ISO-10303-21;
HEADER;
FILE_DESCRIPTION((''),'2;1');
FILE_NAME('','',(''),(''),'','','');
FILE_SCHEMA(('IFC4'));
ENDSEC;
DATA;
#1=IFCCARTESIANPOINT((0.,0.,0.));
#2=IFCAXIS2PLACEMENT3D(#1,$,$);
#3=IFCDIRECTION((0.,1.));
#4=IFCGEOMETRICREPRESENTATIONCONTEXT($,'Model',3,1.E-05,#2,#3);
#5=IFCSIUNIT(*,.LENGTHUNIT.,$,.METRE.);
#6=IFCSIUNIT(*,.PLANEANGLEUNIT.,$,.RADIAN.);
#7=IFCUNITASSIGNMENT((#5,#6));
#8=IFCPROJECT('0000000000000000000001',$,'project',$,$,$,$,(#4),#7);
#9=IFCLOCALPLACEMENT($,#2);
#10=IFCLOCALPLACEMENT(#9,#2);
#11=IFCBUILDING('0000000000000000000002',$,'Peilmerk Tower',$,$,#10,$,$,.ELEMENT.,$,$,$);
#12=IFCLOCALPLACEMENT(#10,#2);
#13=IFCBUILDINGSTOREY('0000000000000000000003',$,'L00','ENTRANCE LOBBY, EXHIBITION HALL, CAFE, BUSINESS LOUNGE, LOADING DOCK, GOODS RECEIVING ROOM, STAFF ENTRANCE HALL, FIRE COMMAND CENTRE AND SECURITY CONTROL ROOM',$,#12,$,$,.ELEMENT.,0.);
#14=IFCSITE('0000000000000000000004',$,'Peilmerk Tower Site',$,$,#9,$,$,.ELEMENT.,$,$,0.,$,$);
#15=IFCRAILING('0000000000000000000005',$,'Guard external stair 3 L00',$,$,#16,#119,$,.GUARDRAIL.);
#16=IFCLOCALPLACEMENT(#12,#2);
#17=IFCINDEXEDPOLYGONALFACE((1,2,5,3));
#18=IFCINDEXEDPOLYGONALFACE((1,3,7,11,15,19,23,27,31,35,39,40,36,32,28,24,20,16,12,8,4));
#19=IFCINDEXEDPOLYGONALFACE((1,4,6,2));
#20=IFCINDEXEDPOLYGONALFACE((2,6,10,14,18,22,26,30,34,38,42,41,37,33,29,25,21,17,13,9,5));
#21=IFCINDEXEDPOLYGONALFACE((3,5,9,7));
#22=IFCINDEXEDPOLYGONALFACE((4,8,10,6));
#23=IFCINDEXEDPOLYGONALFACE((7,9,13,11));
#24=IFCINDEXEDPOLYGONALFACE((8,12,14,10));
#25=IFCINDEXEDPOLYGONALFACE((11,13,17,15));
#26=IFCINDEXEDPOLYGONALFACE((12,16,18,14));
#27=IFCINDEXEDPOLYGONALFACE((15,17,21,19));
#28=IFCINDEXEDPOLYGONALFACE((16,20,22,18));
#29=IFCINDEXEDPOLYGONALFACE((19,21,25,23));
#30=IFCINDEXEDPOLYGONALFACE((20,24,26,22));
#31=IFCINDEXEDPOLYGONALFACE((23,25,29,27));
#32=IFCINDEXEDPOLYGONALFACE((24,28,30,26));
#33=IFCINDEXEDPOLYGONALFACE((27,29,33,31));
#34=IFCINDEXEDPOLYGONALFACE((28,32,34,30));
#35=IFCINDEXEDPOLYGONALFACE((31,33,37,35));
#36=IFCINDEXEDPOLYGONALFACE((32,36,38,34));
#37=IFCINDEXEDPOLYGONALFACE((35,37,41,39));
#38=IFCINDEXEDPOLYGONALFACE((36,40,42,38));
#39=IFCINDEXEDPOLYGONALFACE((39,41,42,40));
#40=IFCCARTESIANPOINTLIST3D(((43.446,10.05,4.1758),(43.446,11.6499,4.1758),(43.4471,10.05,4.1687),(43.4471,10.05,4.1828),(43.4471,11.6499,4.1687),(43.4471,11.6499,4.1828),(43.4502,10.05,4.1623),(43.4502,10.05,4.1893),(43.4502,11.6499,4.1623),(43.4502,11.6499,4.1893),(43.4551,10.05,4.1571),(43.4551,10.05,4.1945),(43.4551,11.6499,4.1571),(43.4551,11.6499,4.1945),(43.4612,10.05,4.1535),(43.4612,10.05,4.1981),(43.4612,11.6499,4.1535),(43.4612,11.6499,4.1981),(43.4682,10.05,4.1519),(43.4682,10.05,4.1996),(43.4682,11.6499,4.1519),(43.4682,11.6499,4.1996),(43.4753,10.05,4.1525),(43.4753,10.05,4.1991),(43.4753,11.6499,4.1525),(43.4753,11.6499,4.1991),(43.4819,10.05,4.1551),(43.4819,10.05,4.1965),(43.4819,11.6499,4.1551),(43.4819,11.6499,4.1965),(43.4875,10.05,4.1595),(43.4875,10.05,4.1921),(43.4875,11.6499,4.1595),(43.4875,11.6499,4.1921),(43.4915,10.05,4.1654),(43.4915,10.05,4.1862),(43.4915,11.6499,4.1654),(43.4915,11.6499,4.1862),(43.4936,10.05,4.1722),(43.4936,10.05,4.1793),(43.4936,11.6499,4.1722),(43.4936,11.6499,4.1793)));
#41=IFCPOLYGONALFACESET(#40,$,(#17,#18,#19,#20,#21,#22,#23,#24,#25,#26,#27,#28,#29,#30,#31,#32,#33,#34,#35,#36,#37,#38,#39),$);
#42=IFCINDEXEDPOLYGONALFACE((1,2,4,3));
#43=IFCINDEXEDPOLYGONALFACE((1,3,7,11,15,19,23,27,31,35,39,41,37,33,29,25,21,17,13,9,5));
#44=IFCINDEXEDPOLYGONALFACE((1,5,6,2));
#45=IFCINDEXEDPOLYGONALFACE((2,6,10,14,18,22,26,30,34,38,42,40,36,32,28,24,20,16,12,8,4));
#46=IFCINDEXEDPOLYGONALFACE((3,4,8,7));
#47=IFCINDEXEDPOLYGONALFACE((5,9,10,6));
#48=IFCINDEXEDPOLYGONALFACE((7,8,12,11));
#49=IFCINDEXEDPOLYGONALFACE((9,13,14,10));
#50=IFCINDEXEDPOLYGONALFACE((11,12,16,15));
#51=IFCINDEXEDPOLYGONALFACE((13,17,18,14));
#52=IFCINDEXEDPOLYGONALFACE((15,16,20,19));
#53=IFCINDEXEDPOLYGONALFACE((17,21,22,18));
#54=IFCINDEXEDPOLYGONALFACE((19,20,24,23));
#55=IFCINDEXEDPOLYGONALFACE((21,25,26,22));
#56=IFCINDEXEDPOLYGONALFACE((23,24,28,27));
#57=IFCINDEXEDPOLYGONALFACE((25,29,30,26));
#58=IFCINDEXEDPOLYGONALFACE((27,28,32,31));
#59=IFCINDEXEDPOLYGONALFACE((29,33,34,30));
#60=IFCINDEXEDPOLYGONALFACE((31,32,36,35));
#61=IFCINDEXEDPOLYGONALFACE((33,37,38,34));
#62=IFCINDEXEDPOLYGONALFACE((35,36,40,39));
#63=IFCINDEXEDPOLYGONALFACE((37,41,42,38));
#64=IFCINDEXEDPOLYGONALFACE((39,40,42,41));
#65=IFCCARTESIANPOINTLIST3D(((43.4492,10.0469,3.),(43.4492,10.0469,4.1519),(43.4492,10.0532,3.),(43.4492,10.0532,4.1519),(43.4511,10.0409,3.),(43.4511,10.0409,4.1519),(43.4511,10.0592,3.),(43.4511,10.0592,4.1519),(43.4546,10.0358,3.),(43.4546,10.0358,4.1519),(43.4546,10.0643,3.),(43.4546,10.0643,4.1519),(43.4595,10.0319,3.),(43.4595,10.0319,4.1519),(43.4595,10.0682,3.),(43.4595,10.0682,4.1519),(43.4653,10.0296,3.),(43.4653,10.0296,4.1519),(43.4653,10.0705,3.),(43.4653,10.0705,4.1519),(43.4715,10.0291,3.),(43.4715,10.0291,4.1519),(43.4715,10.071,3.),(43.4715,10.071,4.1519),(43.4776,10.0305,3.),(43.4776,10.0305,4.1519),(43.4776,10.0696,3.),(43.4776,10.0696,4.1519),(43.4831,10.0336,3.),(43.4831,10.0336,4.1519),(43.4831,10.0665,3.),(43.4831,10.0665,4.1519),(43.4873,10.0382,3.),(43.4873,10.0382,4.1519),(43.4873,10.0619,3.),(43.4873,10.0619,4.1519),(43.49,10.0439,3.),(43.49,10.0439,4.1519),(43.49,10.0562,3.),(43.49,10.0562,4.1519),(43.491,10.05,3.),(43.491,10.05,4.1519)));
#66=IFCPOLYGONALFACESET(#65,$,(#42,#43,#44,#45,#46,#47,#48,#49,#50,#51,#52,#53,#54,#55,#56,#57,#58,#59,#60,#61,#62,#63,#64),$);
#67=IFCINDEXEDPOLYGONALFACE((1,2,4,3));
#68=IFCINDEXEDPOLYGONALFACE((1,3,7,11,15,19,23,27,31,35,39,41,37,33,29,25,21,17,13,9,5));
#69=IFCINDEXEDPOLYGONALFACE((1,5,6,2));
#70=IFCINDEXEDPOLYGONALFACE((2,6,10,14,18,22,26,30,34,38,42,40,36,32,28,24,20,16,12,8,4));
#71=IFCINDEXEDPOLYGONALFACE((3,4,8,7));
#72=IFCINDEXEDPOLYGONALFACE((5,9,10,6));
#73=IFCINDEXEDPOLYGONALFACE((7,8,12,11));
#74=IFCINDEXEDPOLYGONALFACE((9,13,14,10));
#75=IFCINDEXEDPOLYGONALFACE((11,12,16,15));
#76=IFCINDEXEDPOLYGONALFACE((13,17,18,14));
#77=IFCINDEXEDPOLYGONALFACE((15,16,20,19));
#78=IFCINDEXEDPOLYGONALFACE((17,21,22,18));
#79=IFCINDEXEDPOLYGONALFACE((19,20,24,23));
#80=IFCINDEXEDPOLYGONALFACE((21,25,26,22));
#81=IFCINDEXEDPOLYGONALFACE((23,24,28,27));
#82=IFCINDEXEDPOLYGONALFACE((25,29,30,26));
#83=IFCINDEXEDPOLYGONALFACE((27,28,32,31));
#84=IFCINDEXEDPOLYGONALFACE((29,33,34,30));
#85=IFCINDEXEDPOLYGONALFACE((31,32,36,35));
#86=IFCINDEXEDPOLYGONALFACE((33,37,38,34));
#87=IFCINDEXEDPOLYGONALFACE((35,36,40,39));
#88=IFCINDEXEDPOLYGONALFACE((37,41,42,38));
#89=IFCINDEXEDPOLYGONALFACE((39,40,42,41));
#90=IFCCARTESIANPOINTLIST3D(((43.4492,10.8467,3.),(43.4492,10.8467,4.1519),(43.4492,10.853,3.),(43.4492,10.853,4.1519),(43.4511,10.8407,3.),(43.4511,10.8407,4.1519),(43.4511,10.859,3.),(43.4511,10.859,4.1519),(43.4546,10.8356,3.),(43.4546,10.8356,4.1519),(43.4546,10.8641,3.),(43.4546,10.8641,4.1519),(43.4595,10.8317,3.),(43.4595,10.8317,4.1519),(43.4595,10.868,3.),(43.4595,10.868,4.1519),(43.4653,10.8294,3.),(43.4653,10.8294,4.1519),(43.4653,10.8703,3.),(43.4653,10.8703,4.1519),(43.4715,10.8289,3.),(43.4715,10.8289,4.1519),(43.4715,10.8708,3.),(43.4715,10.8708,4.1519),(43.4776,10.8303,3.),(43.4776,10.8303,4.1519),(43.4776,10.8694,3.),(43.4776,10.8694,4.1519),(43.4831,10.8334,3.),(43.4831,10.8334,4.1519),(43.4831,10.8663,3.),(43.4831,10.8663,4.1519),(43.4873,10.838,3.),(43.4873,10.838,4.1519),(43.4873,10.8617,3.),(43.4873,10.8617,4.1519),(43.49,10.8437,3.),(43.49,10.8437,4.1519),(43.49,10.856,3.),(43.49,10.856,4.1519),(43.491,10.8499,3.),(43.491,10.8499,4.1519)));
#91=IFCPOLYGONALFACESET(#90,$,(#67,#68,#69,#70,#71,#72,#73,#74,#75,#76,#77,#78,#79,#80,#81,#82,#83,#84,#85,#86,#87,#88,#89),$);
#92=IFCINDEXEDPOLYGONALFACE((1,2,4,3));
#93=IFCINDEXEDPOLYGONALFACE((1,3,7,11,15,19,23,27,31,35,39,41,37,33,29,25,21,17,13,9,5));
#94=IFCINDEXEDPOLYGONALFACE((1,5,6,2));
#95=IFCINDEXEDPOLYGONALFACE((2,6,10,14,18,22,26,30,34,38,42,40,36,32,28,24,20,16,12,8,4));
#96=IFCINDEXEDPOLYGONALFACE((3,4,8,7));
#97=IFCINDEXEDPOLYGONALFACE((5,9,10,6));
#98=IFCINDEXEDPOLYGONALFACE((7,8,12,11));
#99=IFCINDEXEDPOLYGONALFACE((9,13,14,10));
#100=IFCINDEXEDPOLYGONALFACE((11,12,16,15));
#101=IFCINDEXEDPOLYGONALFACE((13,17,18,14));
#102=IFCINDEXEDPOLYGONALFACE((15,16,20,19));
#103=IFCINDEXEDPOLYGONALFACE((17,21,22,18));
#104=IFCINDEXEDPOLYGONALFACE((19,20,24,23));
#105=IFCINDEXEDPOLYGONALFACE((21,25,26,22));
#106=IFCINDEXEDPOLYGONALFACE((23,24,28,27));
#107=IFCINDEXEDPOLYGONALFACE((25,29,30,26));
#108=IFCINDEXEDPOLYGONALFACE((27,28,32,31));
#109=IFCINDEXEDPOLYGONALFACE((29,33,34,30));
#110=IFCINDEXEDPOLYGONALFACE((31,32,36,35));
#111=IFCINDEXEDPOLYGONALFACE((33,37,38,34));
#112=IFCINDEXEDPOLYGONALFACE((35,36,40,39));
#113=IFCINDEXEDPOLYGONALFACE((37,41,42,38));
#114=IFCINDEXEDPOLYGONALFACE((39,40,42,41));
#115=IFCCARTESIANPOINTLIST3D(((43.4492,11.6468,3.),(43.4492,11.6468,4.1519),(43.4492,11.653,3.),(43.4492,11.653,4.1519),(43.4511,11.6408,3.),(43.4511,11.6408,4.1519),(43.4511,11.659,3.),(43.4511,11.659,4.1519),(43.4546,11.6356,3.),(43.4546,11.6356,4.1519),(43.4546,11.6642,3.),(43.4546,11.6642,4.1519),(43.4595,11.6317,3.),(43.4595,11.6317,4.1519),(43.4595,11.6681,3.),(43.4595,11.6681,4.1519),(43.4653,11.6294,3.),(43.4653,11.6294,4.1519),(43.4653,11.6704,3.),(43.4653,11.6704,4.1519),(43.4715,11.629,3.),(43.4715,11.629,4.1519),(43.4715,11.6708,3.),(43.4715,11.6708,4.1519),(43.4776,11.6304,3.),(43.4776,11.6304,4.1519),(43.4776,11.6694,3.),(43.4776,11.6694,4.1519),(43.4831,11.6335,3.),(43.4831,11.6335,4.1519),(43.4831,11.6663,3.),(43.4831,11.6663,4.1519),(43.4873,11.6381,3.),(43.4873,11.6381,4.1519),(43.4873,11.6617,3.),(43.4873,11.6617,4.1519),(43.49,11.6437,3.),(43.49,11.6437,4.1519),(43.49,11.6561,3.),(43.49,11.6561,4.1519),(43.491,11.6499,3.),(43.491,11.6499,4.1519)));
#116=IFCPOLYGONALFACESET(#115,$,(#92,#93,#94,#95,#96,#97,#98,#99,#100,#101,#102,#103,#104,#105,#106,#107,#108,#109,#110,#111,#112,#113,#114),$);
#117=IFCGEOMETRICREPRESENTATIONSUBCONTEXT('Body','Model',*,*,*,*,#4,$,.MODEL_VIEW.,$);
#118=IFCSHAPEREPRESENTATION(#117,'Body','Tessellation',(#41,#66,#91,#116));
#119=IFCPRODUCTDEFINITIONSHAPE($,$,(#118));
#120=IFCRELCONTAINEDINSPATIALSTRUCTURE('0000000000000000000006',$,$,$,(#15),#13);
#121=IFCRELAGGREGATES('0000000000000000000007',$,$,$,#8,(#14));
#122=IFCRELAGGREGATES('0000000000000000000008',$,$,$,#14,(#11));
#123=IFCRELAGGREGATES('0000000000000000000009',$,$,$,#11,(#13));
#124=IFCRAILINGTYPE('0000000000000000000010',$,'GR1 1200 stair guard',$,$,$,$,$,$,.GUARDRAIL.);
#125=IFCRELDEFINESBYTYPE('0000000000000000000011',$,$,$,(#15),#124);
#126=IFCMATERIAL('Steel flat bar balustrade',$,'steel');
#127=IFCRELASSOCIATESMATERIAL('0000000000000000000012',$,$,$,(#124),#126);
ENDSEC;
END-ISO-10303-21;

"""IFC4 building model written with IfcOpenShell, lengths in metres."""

from ifc_helpers import new_model, si_unit, direction, frame, origin, origin_2d, place, context, subcontext, project, spatial, circle, extrude, material, type_object, element, save


model = new_model("IFC4")

# Units and contexts
model_context = context("Model", 3, precision=1e-05, world=origin(), true_north=direction((0.0, 1.0)))
body_context = subcontext(model_context, "Body", "Model", "MODEL_VIEW")
ifc_project = project(units=[si_unit("LENGTHUNIT", "METRE"), si_unit("PLANEANGLEUNIT", "RADIAN")], contexts=[model_context])

# Site, building, storey
site_placement = place(None, origin())
site = spatial("IfcSite", under=ifc_project, at=site_placement, Name="Peilmerk Tower Site", CompositionType="ELEMENT", RefElevation=0.0)
building_placement = place(site_placement, origin())
building = spatial("IfcBuilding", under=site, at=building_placement, Name="Peilmerk Tower", CompositionType="ELEMENT")
storey_placement = place(building_placement, origin())
storey = spatial("IfcBuildingStorey", under=building, at=storey_placement, Name="L00", Description="ENTRANCE LOBBY, EXHIBITION HALL, CAFE, BUSINESS LOUNGE, LOADING DOCK, GOODS RECEIVING ROOM, STAFF ENTRANCE HALL, FIRE COMMAND CENTRE AND SECURITY CONTROL ROOM", CompositionType="ELEMENT", Elevation=0.0)

# Railing
ifc_material_1 = material(Name="Steel flat bar balustrade", Category="steel")
railing_type_1 = type_object("IfcRailingType", Name="GR1 1200 stair guard", PredefinedType="GUARDRAIL", material=ifc_material_1)
railing_1_placement = place(storey_placement, frame((43.47, 10.05, 3.0)))
element("IfcRailing", 1, at=railing_1_placement, inside=storey, type_object=railing_type_1, Name="Guard external stair 3 L00", PredefinedType="GUARDRAIL", context=body_context, shape_type="SweptSolid", body=[
    extrude(circle(Radius=0.0239, at=origin_2d()), frame((0.0, 0.0, 1.1758), z_axis=(0.0, 1.0, 0.0), x_axis=(-1.0, 0.0, 0.0)), (0.0, 0.0, 1.0), 1.5999),
    extrude(circle(Radius=0.021, at=origin_2d()), origin(), (0.0, 0.0, 1.0), 1.1519),
    extrude(circle(Radius=0.021, at=origin_2d()), frame((0.0, 0.7998, 0.0)), (0.0, 0.0, 1.0), 1.1519),
    extrude(circle(Radius=0.021, at=origin_2d()), frame((0.0, 1.5999, 0.0)), (0.0, 0.0, 1.0), 1.1519),
])

save(model, "model.ifc")
